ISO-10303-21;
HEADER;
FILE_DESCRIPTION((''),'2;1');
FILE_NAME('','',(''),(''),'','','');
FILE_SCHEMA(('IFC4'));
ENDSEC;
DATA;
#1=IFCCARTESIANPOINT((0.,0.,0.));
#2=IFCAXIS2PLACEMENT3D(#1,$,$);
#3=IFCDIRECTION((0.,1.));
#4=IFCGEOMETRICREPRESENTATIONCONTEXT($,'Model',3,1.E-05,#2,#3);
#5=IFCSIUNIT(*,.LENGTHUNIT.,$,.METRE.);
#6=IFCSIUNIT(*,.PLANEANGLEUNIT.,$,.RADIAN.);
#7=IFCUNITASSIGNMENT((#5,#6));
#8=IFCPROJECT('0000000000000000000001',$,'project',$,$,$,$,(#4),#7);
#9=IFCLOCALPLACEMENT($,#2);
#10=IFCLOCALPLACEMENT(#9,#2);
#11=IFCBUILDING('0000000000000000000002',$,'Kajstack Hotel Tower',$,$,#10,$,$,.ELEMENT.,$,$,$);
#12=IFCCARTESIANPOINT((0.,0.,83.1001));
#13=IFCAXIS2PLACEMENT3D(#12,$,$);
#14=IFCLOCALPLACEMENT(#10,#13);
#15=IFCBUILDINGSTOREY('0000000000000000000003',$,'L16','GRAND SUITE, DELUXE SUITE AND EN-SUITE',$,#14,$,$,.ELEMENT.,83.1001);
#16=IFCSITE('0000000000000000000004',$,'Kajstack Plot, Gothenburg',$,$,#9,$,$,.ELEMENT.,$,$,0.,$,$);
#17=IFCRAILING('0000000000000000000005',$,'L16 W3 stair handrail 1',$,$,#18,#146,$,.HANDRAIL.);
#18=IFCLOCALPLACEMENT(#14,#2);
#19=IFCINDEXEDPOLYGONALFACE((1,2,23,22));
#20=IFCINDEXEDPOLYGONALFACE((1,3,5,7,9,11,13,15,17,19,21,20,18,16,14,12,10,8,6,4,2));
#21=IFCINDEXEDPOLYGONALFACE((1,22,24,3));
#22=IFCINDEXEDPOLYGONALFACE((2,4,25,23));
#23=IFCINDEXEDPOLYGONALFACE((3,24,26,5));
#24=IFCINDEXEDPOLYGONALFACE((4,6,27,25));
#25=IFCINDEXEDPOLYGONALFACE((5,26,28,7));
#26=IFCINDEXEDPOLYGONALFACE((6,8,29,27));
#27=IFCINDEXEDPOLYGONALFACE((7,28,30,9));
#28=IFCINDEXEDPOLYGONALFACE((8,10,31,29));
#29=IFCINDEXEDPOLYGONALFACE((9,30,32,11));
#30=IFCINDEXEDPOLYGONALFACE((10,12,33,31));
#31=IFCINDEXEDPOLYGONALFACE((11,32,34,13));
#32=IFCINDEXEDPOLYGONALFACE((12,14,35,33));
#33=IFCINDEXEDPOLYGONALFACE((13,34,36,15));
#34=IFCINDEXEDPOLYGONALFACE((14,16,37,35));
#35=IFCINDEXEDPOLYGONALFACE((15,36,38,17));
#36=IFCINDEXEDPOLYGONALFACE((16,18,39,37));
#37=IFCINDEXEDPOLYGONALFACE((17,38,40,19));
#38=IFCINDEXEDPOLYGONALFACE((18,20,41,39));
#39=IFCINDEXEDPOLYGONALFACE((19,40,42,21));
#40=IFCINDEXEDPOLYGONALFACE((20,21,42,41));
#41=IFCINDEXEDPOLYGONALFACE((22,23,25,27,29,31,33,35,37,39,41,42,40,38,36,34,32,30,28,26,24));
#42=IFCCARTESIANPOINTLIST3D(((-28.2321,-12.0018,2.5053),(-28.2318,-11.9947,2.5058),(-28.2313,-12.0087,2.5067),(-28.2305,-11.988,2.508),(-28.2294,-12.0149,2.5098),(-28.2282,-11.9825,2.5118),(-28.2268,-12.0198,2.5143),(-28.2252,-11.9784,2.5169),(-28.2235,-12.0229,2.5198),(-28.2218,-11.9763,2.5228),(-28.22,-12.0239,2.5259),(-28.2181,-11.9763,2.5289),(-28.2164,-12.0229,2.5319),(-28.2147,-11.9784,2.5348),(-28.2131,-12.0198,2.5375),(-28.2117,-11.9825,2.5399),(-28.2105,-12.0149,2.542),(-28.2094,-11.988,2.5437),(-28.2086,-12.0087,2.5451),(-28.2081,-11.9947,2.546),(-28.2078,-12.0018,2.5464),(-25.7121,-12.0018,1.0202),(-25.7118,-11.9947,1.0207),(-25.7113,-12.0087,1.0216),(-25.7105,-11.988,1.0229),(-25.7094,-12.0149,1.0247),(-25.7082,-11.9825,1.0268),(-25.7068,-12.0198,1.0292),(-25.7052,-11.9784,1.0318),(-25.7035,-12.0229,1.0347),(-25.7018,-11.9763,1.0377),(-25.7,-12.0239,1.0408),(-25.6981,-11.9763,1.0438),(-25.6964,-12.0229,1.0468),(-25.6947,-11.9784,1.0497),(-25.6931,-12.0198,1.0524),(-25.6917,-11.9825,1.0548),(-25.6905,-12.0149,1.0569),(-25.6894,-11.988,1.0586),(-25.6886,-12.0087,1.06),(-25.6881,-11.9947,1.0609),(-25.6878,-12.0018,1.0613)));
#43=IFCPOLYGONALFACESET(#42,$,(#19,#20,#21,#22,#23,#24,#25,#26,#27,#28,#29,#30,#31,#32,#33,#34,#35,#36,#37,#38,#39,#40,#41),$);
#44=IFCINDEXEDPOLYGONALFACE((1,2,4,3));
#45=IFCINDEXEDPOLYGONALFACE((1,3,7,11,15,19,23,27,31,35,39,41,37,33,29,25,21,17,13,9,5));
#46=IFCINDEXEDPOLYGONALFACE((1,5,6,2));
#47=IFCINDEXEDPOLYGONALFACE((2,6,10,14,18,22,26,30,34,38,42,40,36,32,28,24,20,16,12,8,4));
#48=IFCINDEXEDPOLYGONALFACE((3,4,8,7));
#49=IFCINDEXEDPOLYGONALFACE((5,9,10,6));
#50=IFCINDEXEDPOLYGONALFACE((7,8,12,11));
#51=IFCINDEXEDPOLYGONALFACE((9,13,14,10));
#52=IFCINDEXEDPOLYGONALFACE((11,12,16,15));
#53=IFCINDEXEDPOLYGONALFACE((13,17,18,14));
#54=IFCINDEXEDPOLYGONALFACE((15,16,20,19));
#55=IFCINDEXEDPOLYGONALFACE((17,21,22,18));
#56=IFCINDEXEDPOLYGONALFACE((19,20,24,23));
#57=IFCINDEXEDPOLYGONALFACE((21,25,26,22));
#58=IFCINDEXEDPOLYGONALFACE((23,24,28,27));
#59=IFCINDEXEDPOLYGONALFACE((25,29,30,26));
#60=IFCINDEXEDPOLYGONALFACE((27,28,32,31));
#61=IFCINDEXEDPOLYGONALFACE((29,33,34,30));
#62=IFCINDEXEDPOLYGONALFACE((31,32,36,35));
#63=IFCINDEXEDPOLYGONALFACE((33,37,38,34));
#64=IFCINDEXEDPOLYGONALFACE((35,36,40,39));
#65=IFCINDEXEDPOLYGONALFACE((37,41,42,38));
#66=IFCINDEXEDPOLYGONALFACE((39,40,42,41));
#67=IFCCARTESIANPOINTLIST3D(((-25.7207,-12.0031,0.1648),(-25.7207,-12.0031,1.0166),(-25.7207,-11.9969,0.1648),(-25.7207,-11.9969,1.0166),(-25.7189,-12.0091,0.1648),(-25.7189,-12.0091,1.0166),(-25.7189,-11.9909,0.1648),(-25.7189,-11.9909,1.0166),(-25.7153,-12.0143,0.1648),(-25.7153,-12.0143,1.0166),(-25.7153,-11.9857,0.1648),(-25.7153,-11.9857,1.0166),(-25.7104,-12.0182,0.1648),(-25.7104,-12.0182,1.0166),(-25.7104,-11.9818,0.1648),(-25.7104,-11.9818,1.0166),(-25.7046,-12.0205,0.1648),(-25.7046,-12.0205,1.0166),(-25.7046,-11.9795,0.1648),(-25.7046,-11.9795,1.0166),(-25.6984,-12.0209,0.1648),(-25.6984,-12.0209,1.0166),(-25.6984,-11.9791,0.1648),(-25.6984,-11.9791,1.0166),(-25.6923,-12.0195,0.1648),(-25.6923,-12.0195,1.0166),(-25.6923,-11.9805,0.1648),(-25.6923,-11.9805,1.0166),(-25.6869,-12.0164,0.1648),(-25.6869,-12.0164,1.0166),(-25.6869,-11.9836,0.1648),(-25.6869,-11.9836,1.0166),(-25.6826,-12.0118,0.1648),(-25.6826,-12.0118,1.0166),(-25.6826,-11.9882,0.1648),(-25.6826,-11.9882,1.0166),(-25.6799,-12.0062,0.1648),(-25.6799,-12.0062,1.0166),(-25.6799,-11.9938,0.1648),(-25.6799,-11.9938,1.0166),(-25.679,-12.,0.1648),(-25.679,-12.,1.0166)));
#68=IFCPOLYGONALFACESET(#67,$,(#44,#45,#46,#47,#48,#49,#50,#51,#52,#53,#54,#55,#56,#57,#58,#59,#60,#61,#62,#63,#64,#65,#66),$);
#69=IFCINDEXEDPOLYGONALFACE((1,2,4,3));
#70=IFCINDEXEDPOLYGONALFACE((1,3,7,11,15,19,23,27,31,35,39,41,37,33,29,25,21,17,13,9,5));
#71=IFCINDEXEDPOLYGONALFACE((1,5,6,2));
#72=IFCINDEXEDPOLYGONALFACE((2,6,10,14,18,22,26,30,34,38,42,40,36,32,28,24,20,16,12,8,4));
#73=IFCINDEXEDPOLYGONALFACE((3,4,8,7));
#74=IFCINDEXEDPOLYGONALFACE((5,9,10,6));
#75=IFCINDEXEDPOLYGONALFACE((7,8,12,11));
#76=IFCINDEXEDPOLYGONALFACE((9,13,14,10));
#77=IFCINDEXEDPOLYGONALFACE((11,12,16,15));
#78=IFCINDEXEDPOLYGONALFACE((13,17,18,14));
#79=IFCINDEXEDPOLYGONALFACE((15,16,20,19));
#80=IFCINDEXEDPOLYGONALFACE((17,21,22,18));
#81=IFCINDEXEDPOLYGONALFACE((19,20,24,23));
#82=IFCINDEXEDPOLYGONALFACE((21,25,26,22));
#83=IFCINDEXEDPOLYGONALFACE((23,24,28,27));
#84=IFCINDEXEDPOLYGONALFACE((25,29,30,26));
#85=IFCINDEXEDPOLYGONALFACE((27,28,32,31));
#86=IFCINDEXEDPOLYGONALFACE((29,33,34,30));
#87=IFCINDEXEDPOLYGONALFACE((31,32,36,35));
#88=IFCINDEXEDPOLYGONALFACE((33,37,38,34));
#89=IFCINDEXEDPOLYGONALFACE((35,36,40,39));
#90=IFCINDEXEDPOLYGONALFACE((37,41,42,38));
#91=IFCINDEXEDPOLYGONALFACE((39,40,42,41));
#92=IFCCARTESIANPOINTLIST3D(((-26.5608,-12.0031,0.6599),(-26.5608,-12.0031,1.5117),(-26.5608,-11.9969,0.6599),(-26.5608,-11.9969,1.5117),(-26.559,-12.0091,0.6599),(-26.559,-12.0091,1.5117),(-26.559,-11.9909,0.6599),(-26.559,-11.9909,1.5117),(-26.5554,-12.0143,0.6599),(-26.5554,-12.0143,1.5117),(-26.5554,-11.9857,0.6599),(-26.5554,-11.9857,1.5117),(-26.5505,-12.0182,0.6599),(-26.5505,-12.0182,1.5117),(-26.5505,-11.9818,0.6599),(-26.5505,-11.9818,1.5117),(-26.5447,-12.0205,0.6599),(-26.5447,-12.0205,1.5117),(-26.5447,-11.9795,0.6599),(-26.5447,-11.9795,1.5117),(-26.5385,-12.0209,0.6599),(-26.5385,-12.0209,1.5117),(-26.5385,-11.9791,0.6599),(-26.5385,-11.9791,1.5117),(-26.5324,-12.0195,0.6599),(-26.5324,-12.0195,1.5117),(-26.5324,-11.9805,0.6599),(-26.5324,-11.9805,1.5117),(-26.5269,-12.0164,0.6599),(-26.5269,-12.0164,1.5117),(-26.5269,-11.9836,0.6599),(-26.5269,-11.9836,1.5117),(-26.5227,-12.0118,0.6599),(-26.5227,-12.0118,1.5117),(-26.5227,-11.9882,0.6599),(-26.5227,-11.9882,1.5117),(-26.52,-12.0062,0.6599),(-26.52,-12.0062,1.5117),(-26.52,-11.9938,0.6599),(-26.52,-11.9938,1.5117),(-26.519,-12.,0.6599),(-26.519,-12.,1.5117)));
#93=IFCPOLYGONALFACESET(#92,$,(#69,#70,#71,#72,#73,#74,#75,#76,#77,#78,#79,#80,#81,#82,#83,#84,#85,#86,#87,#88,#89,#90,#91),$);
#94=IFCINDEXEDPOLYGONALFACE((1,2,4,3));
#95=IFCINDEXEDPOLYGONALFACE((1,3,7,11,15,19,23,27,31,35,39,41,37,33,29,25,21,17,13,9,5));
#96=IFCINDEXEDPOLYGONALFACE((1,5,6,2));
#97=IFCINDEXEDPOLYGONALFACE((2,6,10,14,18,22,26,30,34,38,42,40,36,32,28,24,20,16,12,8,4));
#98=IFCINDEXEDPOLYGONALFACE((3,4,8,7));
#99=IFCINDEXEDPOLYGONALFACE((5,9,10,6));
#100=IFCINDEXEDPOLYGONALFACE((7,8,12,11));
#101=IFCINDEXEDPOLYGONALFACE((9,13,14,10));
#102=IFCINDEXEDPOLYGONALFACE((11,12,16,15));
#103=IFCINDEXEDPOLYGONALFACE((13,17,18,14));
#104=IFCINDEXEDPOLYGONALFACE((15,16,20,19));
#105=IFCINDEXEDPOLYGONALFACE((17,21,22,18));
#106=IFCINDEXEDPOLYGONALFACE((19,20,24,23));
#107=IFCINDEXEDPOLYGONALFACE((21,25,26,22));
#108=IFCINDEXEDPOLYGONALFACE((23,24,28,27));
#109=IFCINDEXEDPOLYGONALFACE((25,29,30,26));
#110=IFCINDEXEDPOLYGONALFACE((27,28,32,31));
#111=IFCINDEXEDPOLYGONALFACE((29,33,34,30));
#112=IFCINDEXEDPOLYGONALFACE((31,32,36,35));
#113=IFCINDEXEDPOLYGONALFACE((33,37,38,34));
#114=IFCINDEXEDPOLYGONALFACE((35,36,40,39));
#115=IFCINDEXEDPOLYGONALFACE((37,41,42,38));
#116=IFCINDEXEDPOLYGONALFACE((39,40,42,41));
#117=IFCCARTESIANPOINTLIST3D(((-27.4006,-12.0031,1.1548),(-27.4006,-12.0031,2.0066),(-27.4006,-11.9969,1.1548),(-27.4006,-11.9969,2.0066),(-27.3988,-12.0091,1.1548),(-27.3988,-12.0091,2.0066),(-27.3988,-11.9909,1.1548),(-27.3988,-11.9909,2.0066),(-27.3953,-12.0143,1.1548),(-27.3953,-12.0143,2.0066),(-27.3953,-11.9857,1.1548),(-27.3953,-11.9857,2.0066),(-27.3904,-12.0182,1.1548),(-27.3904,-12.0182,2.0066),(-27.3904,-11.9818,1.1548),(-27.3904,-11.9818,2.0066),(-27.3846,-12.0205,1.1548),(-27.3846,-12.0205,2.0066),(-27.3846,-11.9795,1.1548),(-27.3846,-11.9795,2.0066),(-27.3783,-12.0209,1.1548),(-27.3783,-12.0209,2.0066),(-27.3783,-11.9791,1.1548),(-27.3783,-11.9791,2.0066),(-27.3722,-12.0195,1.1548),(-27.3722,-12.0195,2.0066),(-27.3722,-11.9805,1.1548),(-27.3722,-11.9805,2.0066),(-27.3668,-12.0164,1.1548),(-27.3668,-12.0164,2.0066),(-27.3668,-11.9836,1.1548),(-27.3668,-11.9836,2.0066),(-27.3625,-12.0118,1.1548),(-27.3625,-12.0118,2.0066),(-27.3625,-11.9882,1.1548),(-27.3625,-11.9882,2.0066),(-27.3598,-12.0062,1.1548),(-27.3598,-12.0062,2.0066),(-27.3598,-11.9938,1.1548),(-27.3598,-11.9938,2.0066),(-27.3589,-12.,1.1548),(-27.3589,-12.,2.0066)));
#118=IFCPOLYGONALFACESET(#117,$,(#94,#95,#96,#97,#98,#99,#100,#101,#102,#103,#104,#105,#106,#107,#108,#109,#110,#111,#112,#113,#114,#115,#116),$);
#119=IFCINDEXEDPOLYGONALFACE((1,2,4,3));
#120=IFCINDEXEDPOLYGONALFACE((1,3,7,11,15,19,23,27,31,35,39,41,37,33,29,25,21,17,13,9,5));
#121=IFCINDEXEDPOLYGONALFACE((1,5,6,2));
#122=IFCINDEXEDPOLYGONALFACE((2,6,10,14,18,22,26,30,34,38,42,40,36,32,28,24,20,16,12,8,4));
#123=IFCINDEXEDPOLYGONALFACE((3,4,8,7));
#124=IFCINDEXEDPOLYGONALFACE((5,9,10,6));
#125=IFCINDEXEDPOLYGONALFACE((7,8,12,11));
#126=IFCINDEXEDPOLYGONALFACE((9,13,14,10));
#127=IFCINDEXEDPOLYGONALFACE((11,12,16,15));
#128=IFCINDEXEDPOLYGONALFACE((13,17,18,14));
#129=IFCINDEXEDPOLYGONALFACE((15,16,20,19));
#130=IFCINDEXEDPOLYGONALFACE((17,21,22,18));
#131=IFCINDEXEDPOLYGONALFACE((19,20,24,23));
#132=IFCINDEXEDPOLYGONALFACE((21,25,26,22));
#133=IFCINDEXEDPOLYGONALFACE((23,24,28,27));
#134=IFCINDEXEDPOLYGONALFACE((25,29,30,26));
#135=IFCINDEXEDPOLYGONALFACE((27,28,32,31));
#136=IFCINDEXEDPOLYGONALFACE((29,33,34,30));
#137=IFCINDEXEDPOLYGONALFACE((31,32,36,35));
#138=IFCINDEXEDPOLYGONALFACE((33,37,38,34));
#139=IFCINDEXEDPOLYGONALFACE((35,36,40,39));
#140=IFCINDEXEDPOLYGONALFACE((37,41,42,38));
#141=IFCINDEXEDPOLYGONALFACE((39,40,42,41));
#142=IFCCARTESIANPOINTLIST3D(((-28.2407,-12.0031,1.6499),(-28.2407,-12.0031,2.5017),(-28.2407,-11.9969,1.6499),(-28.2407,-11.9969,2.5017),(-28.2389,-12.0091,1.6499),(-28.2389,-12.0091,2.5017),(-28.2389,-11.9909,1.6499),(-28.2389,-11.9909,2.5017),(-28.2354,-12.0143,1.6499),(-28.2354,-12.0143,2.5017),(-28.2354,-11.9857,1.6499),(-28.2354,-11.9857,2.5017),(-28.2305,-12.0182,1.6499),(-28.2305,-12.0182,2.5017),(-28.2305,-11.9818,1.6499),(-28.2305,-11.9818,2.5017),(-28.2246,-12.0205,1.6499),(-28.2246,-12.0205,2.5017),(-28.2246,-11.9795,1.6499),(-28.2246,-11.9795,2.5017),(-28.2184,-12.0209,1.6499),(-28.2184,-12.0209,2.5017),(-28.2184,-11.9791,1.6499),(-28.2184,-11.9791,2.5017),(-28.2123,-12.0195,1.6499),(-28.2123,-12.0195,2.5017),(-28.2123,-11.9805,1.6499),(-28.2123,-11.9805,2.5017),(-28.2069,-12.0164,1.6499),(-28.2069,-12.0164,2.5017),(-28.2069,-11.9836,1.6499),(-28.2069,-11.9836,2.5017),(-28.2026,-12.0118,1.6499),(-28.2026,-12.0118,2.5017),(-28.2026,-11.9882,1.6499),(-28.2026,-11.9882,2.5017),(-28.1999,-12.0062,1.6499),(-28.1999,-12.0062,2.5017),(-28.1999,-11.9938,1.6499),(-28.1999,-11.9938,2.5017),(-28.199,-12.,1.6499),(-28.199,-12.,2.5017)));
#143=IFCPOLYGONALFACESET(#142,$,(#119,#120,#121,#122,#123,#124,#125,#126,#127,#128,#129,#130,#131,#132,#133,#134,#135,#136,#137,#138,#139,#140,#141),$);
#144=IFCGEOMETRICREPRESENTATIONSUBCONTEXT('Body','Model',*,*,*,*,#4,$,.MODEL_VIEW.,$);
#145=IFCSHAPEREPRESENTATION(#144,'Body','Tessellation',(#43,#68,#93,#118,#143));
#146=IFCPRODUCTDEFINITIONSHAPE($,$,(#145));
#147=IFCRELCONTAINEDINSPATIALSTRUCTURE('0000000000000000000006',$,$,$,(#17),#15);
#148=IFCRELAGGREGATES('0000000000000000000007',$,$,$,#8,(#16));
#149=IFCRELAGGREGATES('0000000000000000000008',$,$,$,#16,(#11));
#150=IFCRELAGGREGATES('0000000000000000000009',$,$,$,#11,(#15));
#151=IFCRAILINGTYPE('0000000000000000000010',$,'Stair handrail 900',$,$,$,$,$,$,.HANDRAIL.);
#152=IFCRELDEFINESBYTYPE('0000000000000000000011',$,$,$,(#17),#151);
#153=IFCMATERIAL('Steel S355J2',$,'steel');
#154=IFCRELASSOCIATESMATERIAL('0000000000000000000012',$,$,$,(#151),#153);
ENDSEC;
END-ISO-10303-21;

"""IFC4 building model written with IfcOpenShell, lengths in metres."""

from ifc_helpers import new_model, si_unit, direction, frame, origin, origin_2d, place, context, subcontext, project, spatial, circle, extrude, material, type_object, element, save


model = new_model("IFC4")

# Units and contexts
model_context = context("Model", 3, precision=1e-05, world=origin(), true_north=direction((0.0, 1.0)))
body_context = subcontext(model_context, "Body", "Model", "MODEL_VIEW")
ifc_project = project(units=[si_unit("LENGTHUNIT", "METRE"), si_unit("PLANEANGLEUNIT", "RADIAN")], contexts=[model_context])

# Site, building, storey
site_placement = place(None, origin())
site = spatial("IfcSite", under=ifc_project, at=site_placement, Name="Kajstack Plot, Gothenburg", CompositionType="ELEMENT", RefElevation=0.0)
building_placement = place(site_placement, origin())
building = spatial("IfcBuilding", under=site, at=building_placement, Name="Kajstack Hotel Tower", CompositionType="ELEMENT")
storey_placement = place(building_placement, frame((0.0, 0.0, 83.1001)))
storey = spatial("IfcBuildingStorey", under=building, at=storey_placement, Name="L16", Description="GRAND SUITE, DELUXE SUITE AND EN-SUITE", CompositionType="ELEMENT", Elevation=83.1001)

# Railing
ifc_material_1 = material(Name="Steel S355J2", Category="steel")
railing_type_1 = type_object("IfcRailingType", Name="Stair handrail 900", PredefinedType="HANDRAIL", material=ifc_material_1)
railing_1_placement = place(storey_placement, frame((-25.7, -12.0, 0.1648)))
element("IfcRailing", 1, at=railing_1_placement, inside=storey, type_object=railing_type_1, Name="L16 W3 stair handrail 1", PredefinedType="HANDRAIL", context=body_context, shape_type="SweptSolid", body=[
    extrude(circle(Radius=0.0239, at=origin_2d()), frame((0.0, 0.0, 0.876), z_axis=(-0.861524, 0.0, 0.507717), x_axis=(0.0, -1.0, 0.0)), (0.0, 0.0, 1.0), 2.925),
    extrude(circle(Radius=0.021, at=origin_2d()), origin(), (0.0, 0.0, 1.0), 0.8518),
    extrude(circle(Radius=0.021, at=origin_2d()), frame((-0.8401, 0.0, 0.4951)), (0.0, 0.0, 1.0), 0.8518),
    extrude(circle(Radius=0.021, at=origin_2d()), frame((-1.6799, 0.0, 0.99)), (0.0, 0.0, 1.0), 0.8518),
    extrude(circle(Radius=0.021, at=origin_2d()), frame((-2.52, 0.0, 1.4851)), (0.0, 0.0, 1.0), 0.8518),
])

save(model, "model.ifc")
